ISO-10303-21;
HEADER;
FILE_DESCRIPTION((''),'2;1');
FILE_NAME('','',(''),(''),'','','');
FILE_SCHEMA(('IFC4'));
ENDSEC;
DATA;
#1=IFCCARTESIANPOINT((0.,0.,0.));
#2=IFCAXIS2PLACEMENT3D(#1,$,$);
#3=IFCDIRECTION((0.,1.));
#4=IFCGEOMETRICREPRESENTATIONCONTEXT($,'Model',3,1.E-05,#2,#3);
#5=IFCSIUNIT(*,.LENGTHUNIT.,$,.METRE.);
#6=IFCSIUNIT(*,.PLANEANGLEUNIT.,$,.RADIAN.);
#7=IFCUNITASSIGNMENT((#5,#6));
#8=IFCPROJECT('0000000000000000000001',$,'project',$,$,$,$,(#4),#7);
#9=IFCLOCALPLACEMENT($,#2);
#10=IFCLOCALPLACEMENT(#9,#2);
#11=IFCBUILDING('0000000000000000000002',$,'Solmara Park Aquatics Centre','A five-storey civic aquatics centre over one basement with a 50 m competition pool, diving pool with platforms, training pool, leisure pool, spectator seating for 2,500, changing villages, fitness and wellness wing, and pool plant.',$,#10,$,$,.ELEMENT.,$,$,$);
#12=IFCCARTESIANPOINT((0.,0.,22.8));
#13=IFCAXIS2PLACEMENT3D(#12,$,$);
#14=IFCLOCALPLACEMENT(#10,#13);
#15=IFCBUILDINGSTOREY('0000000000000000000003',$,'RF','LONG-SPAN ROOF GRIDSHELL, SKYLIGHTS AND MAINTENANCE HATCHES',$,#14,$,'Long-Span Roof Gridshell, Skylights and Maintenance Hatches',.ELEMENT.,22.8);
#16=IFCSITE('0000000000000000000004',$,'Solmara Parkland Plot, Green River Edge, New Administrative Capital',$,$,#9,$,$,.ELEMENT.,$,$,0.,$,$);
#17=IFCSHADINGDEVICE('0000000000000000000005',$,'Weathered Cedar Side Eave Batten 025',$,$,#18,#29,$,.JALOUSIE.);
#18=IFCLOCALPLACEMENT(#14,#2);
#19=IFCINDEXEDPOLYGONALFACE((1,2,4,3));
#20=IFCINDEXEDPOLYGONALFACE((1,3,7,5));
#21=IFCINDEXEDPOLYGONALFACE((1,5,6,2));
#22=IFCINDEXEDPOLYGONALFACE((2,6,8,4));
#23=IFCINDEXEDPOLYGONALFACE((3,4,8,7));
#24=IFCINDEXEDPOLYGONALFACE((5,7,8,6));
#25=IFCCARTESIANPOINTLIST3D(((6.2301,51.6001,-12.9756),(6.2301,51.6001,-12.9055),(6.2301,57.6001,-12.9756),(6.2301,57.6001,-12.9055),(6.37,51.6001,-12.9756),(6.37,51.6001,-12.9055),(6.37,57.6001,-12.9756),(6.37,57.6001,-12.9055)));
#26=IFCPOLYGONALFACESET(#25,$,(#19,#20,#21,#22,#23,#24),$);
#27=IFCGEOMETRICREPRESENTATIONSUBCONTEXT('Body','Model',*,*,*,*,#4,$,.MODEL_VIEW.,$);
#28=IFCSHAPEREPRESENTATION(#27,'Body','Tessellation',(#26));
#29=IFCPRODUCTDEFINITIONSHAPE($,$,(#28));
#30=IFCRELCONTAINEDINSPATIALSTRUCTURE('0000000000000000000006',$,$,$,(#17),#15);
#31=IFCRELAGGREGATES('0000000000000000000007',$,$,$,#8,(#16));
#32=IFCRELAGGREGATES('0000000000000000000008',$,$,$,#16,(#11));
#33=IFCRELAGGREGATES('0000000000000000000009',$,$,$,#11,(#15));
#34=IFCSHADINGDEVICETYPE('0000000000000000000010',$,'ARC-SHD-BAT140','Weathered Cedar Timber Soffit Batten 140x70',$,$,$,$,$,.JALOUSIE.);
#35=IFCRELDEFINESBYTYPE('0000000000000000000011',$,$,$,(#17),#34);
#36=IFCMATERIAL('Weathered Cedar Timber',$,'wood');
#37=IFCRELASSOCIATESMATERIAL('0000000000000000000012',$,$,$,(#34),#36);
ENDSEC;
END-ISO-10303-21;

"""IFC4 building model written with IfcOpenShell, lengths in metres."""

from ifc_helpers import new_model, si_unit, direction, frame, origin, origin_2d, place, context, subcontext, project, spatial, rectangle, extrude, material, type_object, element, save


model = new_model("IFC4")

# Units and contexts
model_context = context("Model", 3, precision=1e-05, world=origin(), true_north=direction((0.0, 1.0)))
body_context = subcontext(model_context, "Body", "Model", "MODEL_VIEW")
ifc_project = project(units=[si_unit("LENGTHUNIT", "METRE"), si_unit("PLANEANGLEUNIT", "RADIAN")], contexts=[model_context])

# Site, building, storey
site_placement = place(None, origin())
site = spatial("IfcSite", under=ifc_project, at=site_placement, Name="Solmara Parkland Plot, Green River Edge, New Administrative Capital", CompositionType="ELEMENT", RefElevation=0.0)
building_placement = place(site_placement, origin())
building = spatial("IfcBuilding", under=site, at=building_placement, Name="Solmara Park Aquatics Centre", Description="A five-storey civic aquatics centre over one basement with a 50 m competition pool, diving pool with platforms, training pool, leisure pool, spectator seating for 2,500, changing villages, fitness and wellness wing, and pool plant.", CompositionType="ELEMENT")
storey_placement = place(building_placement, frame((0.0, 0.0, 22.8)))
storey = spatial("IfcBuildingStorey", under=building, at=storey_placement, Name="RF", Description="LONG-SPAN ROOF GRIDSHELL, SKYLIGHTS AND MAINTENANCE HATCHES", LongName="Long-Span Roof Gridshell, Skylights and Maintenance Hatches", CompositionType="ELEMENT", Elevation=22.8)

# Shading device
ifc_material_1 = material(Name="Weathered Cedar Timber", Category="wood")
shading_device_type = type_object("IfcShadingDeviceType", Name="ARC-SHD-BAT140", Description="Weathered Cedar Timber Soffit Batten 140x70", PredefinedType="JALOUSIE", material=ifc_material_1)
shading_device_placement = place(storey_placement, frame((6.3, 54.6001, -12.9756), z_axis=(0.0, 0.0, 1.0), x_axis=(1.0, 0.0, 0.0)))
element("IfcShadingDevice", 1, at=shading_device_placement, inside=storey, type_object=shading_device_type, Name="Weathered Cedar Side Eave Batten 025", PredefinedType="JALOUSIE", context=body_context, shape_type="SweptSolid", body=[
    extrude(rectangle(XDim=0.1399, YDim=6.0, at=origin_2d()), origin(), (0.0, 0.0, 1.0), 0.0701),
])

save(model, "model.ifc")
